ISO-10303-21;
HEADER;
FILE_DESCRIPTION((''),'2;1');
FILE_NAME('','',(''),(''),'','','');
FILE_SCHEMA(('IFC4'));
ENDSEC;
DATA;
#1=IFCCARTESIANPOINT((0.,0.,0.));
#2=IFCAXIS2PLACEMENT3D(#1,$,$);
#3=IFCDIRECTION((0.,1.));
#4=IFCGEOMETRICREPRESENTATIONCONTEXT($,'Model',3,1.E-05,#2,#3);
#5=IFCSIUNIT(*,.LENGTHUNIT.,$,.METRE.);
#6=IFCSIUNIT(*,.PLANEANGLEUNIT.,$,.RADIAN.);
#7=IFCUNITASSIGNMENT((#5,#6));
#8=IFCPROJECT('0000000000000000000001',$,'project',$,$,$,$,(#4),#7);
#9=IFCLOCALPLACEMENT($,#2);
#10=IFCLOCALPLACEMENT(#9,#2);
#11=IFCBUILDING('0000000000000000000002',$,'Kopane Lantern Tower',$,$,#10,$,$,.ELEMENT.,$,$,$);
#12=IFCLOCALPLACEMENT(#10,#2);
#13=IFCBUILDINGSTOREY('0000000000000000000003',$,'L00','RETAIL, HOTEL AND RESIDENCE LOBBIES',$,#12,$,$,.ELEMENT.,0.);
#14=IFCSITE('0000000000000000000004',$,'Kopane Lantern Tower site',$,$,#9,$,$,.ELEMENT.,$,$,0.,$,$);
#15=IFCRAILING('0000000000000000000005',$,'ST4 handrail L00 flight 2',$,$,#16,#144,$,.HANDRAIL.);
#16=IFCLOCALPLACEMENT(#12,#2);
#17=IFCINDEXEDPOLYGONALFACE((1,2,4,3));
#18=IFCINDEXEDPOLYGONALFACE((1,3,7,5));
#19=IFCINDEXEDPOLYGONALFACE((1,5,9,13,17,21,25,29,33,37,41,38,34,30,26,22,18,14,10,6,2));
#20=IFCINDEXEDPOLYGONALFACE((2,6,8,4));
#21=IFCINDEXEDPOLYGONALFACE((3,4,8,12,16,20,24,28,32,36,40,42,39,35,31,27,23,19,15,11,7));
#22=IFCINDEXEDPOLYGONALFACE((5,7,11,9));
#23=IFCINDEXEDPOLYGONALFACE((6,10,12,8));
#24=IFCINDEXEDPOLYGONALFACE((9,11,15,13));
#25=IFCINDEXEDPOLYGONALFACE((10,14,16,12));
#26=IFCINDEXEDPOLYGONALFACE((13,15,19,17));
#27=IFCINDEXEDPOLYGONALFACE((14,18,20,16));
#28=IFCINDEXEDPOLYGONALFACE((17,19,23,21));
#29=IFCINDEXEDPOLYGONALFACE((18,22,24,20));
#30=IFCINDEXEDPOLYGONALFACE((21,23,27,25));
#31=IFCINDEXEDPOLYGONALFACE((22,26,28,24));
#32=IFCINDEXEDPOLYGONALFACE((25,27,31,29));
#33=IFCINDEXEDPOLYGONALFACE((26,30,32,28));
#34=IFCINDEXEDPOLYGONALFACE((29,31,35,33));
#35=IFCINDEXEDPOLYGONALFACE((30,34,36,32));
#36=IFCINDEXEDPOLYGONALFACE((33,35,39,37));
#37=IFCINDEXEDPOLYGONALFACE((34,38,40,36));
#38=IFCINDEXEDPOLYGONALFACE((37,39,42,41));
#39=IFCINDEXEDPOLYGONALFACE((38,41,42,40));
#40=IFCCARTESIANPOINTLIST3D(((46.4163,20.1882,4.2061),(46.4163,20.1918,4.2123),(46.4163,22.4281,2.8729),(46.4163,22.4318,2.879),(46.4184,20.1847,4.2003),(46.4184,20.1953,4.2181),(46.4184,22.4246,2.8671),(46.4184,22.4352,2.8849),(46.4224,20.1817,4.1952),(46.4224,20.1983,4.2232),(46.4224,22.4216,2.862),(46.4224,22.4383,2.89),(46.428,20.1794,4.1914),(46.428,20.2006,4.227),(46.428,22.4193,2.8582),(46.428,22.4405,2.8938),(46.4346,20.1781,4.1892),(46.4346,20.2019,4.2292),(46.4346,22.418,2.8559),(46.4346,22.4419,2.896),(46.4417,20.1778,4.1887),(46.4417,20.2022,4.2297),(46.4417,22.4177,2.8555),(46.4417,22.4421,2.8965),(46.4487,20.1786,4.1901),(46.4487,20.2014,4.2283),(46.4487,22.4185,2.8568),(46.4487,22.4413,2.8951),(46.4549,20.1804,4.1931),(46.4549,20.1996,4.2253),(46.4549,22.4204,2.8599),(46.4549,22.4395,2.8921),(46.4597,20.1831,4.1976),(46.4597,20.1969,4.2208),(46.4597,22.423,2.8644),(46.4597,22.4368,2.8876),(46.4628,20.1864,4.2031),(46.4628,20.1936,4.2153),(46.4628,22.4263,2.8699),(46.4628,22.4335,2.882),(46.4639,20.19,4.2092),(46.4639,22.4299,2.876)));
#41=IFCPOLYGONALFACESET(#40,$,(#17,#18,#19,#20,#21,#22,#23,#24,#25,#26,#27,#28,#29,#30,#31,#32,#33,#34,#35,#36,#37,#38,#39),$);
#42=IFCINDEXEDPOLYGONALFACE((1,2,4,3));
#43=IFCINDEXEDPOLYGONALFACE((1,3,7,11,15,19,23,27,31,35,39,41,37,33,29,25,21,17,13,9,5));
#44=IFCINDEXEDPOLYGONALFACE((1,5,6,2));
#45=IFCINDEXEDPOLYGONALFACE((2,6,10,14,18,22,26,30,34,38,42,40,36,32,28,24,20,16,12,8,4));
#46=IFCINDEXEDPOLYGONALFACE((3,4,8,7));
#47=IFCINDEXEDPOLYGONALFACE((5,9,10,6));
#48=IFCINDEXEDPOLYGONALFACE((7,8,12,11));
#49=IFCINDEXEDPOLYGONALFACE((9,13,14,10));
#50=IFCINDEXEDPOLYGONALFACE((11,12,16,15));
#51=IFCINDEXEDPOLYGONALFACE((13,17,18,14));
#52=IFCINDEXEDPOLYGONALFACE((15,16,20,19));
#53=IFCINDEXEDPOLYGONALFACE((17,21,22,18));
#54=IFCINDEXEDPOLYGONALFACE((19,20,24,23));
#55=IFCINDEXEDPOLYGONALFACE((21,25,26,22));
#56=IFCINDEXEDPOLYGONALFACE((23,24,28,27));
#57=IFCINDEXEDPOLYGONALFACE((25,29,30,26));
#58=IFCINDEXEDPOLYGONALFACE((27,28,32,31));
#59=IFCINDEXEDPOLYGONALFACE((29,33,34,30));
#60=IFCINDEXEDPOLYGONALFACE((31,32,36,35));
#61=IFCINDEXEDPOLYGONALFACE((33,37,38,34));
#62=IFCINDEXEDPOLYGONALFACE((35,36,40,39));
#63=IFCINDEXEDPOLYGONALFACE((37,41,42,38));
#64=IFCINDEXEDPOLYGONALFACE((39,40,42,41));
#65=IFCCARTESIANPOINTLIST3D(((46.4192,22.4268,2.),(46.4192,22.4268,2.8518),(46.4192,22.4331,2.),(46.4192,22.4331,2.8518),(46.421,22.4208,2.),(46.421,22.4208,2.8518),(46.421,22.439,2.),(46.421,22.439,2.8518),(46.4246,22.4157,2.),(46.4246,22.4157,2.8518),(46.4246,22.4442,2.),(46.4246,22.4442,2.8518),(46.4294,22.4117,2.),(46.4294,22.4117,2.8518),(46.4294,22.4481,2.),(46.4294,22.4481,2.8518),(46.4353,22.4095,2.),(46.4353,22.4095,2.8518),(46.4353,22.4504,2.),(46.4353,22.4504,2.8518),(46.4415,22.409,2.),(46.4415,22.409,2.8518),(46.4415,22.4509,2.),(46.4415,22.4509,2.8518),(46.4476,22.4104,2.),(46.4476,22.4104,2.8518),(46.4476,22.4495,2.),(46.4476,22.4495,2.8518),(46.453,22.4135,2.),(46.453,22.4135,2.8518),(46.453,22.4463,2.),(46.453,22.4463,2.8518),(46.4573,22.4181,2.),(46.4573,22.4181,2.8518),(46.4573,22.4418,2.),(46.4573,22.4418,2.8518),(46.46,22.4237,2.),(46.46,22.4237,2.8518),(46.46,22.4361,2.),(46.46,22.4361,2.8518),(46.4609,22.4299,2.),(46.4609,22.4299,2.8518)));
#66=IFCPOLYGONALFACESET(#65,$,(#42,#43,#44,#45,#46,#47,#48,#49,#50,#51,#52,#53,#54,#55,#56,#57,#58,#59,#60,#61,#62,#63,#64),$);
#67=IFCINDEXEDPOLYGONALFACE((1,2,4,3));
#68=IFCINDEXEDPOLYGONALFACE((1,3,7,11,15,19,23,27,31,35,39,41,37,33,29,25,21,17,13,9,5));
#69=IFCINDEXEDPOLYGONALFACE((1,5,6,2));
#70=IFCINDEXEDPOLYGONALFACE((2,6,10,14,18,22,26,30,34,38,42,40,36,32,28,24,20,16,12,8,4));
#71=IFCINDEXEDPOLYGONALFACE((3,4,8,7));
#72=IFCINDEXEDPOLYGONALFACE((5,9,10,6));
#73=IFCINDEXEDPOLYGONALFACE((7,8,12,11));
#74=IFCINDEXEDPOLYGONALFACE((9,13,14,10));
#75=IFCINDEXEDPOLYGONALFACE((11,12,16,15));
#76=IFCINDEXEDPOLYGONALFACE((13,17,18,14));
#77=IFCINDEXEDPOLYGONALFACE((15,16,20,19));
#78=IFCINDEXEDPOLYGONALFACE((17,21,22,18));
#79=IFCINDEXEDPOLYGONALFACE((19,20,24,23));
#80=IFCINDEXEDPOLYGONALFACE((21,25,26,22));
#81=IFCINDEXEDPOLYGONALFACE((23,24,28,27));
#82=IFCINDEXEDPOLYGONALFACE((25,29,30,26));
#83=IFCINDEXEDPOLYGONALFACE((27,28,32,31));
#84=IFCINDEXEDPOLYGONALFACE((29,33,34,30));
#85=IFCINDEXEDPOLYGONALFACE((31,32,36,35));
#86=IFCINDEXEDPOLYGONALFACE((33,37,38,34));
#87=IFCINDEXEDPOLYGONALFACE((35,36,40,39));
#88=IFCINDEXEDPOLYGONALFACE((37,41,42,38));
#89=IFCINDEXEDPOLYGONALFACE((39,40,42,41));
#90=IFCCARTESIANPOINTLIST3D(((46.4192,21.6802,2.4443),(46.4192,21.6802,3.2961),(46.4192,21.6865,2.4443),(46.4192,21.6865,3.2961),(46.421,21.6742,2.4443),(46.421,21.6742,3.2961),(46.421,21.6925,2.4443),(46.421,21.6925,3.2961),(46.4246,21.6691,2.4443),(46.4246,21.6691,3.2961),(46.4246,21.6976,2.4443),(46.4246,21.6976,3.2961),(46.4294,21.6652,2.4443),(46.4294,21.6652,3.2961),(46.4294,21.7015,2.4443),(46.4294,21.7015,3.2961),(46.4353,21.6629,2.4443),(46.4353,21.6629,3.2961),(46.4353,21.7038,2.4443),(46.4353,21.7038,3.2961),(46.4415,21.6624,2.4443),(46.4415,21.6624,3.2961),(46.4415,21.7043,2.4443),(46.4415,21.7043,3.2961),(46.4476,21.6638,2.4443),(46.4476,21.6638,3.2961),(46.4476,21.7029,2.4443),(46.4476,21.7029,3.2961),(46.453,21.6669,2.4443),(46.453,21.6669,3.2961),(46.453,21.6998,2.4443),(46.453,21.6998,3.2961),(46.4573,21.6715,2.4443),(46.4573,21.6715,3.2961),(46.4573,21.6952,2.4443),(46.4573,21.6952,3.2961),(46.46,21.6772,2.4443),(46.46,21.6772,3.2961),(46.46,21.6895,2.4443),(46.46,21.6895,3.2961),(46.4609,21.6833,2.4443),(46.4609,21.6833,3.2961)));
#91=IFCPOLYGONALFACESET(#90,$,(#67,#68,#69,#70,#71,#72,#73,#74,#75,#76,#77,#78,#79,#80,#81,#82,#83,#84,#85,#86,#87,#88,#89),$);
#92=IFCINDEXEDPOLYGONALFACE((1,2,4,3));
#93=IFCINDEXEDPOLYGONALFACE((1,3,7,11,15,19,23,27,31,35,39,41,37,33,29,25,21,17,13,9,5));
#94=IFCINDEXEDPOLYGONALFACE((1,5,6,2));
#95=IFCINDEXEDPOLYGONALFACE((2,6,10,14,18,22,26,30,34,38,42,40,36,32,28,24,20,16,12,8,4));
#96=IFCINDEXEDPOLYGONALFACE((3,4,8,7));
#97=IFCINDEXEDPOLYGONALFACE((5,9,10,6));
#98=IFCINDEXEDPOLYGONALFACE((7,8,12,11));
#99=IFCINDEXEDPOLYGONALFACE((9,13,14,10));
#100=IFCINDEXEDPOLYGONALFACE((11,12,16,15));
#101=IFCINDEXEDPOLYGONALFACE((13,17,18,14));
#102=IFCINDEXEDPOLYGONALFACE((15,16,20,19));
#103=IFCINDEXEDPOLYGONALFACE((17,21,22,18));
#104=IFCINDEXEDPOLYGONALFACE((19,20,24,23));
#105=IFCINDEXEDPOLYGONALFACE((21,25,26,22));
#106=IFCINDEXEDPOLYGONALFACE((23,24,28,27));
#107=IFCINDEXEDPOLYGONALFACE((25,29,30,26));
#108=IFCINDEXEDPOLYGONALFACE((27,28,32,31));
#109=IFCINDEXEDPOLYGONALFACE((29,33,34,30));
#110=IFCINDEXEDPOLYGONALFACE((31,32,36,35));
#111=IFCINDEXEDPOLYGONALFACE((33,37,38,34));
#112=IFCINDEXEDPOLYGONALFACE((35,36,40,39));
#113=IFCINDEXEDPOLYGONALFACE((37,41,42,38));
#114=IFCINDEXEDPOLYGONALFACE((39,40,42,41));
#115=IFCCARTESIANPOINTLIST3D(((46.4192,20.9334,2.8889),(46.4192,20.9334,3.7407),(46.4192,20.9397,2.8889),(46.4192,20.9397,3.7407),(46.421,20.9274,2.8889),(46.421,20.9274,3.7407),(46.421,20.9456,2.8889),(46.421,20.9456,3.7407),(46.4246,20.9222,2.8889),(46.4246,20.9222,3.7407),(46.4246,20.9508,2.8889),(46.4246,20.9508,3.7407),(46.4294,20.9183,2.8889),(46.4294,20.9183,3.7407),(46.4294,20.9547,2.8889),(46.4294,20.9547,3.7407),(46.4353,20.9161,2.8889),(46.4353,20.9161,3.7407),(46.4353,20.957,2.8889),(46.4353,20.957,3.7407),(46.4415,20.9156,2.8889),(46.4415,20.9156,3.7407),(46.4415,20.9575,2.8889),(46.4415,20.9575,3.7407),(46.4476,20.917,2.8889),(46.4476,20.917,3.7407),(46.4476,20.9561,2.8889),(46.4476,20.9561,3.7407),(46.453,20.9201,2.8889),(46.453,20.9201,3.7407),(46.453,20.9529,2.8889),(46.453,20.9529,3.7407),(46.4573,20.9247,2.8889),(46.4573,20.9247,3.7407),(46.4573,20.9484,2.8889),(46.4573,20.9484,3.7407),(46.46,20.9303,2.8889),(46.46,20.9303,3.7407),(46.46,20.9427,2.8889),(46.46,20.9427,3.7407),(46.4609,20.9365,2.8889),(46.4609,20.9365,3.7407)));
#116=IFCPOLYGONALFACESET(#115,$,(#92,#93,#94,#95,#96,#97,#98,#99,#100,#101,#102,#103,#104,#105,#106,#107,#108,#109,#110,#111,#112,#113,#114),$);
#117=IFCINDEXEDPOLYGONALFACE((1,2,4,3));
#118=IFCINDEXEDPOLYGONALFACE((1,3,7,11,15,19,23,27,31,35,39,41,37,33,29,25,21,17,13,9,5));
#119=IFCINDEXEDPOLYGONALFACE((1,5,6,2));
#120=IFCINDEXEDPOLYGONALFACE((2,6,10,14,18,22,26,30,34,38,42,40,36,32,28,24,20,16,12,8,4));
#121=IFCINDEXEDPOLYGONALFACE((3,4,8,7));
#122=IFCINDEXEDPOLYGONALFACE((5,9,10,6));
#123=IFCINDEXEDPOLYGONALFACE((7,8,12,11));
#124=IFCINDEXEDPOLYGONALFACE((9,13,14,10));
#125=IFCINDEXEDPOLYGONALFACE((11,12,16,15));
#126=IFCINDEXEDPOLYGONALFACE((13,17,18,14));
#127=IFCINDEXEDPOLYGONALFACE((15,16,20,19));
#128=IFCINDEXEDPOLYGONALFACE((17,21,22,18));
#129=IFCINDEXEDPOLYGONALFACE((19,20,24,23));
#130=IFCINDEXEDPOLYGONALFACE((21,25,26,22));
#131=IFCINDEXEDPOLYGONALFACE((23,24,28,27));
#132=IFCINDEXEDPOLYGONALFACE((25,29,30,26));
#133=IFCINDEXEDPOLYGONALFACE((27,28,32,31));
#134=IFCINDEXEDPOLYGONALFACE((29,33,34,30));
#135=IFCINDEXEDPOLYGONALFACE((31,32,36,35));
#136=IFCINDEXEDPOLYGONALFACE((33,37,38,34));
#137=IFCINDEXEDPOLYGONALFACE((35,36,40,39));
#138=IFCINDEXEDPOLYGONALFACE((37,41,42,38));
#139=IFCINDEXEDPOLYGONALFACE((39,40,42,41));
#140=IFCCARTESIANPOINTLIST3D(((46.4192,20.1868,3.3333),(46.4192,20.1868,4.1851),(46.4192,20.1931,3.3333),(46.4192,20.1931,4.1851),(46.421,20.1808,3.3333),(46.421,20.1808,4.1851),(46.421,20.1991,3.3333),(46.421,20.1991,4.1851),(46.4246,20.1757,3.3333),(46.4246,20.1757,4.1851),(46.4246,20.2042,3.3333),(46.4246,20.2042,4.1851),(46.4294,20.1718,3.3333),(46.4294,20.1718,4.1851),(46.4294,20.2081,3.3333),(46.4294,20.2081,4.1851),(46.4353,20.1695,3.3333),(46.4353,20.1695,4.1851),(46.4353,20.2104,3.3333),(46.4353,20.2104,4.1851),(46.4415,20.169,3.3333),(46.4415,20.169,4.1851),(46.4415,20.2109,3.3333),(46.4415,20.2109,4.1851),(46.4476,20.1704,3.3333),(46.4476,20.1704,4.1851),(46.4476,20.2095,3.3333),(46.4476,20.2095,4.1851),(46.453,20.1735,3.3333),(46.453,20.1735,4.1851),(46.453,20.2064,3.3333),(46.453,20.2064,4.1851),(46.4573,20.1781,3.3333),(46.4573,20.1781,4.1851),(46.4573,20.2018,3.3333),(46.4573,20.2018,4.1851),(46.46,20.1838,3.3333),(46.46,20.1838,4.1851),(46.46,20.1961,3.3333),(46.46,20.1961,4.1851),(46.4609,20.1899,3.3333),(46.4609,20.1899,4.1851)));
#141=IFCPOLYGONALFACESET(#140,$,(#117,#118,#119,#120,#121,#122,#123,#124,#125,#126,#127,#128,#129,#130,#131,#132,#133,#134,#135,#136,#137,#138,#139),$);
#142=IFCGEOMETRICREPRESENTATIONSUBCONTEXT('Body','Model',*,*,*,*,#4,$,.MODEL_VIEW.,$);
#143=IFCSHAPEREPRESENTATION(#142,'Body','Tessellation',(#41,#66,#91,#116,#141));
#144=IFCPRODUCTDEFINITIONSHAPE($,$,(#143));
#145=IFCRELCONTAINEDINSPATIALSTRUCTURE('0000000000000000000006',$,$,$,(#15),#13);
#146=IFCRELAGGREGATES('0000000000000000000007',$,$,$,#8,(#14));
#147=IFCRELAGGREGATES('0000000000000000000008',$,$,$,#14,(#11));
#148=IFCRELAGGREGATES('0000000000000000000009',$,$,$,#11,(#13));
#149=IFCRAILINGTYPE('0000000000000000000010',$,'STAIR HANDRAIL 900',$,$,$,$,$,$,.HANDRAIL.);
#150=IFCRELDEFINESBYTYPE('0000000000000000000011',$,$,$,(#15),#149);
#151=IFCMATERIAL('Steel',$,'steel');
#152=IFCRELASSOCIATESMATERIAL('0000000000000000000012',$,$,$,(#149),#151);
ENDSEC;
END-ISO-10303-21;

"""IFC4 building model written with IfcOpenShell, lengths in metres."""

from ifc_helpers import new_model, si_unit, direction, frame, origin, origin_2d, place, context, subcontext, project, spatial, circle, extrude, material, type_object, element, save


model = new_model("IFC4")

# Units and contexts
model_context = context("Model", 3, precision=1e-05, world=origin(), true_north=direction((0.0, 1.0)))
body_context = subcontext(model_context, "Body", "Model", "MODEL_VIEW")
ifc_project = project(units=[si_unit("LENGTHUNIT", "METRE"), si_unit("PLANEANGLEUNIT", "RADIAN")], contexts=[model_context])

# Site, building, storey
site_placement = place(None, origin())
site = spatial("IfcSite", under=ifc_project, at=site_placement, Name="Kopane Lantern Tower site", CompositionType="ELEMENT", RefElevation=0.0)
building_placement = place(site_placement, origin())
building = spatial("IfcBuilding", under=site, at=building_placement, Name="Kopane Lantern Tower", CompositionType="ELEMENT")
storey_placement = place(building_placement, origin())
storey = spatial("IfcBuildingStorey", under=building, at=storey_placement, Name="L00", Description="RETAIL, HOTEL AND RESIDENCE LOBBIES", CompositionType="ELEMENT", Elevation=0.0)

# Railing
ifc_material_1 = material(Name="Steel", Category="steel")
railing_type_1 = type_object("IfcRailingType", Name="STAIR HANDRAIL 900", PredefinedType="HANDRAIL", material=ifc_material_1)
for number, where, name in (
    (1, (46.4399, 22.4299, 2.0), "ST4 handrail L00 flight 2"),
):
    element("IfcRailing", number, at=place(storey_placement, frame(where)), inside=storey, type_object=railing_type_1, Name=name, PredefinedType="HANDRAIL", context=body_context, shape_type="SweptSolid", body=[
        extrude(circle(Radius=0.0239, at=origin_2d()), frame((0.0, 0.0, 0.876), z_axis=(0.0, -0.859306, 0.511462), x_axis=(1.0, 0.0, 0.0)), (0.0, 0.0, 1.0), 2.6067),
        extrude(circle(Radius=0.021, at=origin_2d()), origin(), (0.0, 0.0, 1.0), 0.8518),
        extrude(circle(Radius=0.021, at=origin_2d()), frame((0.0, -0.7466, 0.4443)), (0.0, 0.0, 1.0), 0.8518),
        extrude(circle(Radius=0.021, at=origin_2d()), frame((0.0, -1.4934, 0.8889)), (0.0, 0.0, 1.0), 0.8518),
        extrude(circle(Radius=0.021, at=origin_2d()), frame((0.0, -2.24, 1.3333)), (0.0, 0.0, 1.0), 0.8518),
    ])

save(model, "model.ifc")
